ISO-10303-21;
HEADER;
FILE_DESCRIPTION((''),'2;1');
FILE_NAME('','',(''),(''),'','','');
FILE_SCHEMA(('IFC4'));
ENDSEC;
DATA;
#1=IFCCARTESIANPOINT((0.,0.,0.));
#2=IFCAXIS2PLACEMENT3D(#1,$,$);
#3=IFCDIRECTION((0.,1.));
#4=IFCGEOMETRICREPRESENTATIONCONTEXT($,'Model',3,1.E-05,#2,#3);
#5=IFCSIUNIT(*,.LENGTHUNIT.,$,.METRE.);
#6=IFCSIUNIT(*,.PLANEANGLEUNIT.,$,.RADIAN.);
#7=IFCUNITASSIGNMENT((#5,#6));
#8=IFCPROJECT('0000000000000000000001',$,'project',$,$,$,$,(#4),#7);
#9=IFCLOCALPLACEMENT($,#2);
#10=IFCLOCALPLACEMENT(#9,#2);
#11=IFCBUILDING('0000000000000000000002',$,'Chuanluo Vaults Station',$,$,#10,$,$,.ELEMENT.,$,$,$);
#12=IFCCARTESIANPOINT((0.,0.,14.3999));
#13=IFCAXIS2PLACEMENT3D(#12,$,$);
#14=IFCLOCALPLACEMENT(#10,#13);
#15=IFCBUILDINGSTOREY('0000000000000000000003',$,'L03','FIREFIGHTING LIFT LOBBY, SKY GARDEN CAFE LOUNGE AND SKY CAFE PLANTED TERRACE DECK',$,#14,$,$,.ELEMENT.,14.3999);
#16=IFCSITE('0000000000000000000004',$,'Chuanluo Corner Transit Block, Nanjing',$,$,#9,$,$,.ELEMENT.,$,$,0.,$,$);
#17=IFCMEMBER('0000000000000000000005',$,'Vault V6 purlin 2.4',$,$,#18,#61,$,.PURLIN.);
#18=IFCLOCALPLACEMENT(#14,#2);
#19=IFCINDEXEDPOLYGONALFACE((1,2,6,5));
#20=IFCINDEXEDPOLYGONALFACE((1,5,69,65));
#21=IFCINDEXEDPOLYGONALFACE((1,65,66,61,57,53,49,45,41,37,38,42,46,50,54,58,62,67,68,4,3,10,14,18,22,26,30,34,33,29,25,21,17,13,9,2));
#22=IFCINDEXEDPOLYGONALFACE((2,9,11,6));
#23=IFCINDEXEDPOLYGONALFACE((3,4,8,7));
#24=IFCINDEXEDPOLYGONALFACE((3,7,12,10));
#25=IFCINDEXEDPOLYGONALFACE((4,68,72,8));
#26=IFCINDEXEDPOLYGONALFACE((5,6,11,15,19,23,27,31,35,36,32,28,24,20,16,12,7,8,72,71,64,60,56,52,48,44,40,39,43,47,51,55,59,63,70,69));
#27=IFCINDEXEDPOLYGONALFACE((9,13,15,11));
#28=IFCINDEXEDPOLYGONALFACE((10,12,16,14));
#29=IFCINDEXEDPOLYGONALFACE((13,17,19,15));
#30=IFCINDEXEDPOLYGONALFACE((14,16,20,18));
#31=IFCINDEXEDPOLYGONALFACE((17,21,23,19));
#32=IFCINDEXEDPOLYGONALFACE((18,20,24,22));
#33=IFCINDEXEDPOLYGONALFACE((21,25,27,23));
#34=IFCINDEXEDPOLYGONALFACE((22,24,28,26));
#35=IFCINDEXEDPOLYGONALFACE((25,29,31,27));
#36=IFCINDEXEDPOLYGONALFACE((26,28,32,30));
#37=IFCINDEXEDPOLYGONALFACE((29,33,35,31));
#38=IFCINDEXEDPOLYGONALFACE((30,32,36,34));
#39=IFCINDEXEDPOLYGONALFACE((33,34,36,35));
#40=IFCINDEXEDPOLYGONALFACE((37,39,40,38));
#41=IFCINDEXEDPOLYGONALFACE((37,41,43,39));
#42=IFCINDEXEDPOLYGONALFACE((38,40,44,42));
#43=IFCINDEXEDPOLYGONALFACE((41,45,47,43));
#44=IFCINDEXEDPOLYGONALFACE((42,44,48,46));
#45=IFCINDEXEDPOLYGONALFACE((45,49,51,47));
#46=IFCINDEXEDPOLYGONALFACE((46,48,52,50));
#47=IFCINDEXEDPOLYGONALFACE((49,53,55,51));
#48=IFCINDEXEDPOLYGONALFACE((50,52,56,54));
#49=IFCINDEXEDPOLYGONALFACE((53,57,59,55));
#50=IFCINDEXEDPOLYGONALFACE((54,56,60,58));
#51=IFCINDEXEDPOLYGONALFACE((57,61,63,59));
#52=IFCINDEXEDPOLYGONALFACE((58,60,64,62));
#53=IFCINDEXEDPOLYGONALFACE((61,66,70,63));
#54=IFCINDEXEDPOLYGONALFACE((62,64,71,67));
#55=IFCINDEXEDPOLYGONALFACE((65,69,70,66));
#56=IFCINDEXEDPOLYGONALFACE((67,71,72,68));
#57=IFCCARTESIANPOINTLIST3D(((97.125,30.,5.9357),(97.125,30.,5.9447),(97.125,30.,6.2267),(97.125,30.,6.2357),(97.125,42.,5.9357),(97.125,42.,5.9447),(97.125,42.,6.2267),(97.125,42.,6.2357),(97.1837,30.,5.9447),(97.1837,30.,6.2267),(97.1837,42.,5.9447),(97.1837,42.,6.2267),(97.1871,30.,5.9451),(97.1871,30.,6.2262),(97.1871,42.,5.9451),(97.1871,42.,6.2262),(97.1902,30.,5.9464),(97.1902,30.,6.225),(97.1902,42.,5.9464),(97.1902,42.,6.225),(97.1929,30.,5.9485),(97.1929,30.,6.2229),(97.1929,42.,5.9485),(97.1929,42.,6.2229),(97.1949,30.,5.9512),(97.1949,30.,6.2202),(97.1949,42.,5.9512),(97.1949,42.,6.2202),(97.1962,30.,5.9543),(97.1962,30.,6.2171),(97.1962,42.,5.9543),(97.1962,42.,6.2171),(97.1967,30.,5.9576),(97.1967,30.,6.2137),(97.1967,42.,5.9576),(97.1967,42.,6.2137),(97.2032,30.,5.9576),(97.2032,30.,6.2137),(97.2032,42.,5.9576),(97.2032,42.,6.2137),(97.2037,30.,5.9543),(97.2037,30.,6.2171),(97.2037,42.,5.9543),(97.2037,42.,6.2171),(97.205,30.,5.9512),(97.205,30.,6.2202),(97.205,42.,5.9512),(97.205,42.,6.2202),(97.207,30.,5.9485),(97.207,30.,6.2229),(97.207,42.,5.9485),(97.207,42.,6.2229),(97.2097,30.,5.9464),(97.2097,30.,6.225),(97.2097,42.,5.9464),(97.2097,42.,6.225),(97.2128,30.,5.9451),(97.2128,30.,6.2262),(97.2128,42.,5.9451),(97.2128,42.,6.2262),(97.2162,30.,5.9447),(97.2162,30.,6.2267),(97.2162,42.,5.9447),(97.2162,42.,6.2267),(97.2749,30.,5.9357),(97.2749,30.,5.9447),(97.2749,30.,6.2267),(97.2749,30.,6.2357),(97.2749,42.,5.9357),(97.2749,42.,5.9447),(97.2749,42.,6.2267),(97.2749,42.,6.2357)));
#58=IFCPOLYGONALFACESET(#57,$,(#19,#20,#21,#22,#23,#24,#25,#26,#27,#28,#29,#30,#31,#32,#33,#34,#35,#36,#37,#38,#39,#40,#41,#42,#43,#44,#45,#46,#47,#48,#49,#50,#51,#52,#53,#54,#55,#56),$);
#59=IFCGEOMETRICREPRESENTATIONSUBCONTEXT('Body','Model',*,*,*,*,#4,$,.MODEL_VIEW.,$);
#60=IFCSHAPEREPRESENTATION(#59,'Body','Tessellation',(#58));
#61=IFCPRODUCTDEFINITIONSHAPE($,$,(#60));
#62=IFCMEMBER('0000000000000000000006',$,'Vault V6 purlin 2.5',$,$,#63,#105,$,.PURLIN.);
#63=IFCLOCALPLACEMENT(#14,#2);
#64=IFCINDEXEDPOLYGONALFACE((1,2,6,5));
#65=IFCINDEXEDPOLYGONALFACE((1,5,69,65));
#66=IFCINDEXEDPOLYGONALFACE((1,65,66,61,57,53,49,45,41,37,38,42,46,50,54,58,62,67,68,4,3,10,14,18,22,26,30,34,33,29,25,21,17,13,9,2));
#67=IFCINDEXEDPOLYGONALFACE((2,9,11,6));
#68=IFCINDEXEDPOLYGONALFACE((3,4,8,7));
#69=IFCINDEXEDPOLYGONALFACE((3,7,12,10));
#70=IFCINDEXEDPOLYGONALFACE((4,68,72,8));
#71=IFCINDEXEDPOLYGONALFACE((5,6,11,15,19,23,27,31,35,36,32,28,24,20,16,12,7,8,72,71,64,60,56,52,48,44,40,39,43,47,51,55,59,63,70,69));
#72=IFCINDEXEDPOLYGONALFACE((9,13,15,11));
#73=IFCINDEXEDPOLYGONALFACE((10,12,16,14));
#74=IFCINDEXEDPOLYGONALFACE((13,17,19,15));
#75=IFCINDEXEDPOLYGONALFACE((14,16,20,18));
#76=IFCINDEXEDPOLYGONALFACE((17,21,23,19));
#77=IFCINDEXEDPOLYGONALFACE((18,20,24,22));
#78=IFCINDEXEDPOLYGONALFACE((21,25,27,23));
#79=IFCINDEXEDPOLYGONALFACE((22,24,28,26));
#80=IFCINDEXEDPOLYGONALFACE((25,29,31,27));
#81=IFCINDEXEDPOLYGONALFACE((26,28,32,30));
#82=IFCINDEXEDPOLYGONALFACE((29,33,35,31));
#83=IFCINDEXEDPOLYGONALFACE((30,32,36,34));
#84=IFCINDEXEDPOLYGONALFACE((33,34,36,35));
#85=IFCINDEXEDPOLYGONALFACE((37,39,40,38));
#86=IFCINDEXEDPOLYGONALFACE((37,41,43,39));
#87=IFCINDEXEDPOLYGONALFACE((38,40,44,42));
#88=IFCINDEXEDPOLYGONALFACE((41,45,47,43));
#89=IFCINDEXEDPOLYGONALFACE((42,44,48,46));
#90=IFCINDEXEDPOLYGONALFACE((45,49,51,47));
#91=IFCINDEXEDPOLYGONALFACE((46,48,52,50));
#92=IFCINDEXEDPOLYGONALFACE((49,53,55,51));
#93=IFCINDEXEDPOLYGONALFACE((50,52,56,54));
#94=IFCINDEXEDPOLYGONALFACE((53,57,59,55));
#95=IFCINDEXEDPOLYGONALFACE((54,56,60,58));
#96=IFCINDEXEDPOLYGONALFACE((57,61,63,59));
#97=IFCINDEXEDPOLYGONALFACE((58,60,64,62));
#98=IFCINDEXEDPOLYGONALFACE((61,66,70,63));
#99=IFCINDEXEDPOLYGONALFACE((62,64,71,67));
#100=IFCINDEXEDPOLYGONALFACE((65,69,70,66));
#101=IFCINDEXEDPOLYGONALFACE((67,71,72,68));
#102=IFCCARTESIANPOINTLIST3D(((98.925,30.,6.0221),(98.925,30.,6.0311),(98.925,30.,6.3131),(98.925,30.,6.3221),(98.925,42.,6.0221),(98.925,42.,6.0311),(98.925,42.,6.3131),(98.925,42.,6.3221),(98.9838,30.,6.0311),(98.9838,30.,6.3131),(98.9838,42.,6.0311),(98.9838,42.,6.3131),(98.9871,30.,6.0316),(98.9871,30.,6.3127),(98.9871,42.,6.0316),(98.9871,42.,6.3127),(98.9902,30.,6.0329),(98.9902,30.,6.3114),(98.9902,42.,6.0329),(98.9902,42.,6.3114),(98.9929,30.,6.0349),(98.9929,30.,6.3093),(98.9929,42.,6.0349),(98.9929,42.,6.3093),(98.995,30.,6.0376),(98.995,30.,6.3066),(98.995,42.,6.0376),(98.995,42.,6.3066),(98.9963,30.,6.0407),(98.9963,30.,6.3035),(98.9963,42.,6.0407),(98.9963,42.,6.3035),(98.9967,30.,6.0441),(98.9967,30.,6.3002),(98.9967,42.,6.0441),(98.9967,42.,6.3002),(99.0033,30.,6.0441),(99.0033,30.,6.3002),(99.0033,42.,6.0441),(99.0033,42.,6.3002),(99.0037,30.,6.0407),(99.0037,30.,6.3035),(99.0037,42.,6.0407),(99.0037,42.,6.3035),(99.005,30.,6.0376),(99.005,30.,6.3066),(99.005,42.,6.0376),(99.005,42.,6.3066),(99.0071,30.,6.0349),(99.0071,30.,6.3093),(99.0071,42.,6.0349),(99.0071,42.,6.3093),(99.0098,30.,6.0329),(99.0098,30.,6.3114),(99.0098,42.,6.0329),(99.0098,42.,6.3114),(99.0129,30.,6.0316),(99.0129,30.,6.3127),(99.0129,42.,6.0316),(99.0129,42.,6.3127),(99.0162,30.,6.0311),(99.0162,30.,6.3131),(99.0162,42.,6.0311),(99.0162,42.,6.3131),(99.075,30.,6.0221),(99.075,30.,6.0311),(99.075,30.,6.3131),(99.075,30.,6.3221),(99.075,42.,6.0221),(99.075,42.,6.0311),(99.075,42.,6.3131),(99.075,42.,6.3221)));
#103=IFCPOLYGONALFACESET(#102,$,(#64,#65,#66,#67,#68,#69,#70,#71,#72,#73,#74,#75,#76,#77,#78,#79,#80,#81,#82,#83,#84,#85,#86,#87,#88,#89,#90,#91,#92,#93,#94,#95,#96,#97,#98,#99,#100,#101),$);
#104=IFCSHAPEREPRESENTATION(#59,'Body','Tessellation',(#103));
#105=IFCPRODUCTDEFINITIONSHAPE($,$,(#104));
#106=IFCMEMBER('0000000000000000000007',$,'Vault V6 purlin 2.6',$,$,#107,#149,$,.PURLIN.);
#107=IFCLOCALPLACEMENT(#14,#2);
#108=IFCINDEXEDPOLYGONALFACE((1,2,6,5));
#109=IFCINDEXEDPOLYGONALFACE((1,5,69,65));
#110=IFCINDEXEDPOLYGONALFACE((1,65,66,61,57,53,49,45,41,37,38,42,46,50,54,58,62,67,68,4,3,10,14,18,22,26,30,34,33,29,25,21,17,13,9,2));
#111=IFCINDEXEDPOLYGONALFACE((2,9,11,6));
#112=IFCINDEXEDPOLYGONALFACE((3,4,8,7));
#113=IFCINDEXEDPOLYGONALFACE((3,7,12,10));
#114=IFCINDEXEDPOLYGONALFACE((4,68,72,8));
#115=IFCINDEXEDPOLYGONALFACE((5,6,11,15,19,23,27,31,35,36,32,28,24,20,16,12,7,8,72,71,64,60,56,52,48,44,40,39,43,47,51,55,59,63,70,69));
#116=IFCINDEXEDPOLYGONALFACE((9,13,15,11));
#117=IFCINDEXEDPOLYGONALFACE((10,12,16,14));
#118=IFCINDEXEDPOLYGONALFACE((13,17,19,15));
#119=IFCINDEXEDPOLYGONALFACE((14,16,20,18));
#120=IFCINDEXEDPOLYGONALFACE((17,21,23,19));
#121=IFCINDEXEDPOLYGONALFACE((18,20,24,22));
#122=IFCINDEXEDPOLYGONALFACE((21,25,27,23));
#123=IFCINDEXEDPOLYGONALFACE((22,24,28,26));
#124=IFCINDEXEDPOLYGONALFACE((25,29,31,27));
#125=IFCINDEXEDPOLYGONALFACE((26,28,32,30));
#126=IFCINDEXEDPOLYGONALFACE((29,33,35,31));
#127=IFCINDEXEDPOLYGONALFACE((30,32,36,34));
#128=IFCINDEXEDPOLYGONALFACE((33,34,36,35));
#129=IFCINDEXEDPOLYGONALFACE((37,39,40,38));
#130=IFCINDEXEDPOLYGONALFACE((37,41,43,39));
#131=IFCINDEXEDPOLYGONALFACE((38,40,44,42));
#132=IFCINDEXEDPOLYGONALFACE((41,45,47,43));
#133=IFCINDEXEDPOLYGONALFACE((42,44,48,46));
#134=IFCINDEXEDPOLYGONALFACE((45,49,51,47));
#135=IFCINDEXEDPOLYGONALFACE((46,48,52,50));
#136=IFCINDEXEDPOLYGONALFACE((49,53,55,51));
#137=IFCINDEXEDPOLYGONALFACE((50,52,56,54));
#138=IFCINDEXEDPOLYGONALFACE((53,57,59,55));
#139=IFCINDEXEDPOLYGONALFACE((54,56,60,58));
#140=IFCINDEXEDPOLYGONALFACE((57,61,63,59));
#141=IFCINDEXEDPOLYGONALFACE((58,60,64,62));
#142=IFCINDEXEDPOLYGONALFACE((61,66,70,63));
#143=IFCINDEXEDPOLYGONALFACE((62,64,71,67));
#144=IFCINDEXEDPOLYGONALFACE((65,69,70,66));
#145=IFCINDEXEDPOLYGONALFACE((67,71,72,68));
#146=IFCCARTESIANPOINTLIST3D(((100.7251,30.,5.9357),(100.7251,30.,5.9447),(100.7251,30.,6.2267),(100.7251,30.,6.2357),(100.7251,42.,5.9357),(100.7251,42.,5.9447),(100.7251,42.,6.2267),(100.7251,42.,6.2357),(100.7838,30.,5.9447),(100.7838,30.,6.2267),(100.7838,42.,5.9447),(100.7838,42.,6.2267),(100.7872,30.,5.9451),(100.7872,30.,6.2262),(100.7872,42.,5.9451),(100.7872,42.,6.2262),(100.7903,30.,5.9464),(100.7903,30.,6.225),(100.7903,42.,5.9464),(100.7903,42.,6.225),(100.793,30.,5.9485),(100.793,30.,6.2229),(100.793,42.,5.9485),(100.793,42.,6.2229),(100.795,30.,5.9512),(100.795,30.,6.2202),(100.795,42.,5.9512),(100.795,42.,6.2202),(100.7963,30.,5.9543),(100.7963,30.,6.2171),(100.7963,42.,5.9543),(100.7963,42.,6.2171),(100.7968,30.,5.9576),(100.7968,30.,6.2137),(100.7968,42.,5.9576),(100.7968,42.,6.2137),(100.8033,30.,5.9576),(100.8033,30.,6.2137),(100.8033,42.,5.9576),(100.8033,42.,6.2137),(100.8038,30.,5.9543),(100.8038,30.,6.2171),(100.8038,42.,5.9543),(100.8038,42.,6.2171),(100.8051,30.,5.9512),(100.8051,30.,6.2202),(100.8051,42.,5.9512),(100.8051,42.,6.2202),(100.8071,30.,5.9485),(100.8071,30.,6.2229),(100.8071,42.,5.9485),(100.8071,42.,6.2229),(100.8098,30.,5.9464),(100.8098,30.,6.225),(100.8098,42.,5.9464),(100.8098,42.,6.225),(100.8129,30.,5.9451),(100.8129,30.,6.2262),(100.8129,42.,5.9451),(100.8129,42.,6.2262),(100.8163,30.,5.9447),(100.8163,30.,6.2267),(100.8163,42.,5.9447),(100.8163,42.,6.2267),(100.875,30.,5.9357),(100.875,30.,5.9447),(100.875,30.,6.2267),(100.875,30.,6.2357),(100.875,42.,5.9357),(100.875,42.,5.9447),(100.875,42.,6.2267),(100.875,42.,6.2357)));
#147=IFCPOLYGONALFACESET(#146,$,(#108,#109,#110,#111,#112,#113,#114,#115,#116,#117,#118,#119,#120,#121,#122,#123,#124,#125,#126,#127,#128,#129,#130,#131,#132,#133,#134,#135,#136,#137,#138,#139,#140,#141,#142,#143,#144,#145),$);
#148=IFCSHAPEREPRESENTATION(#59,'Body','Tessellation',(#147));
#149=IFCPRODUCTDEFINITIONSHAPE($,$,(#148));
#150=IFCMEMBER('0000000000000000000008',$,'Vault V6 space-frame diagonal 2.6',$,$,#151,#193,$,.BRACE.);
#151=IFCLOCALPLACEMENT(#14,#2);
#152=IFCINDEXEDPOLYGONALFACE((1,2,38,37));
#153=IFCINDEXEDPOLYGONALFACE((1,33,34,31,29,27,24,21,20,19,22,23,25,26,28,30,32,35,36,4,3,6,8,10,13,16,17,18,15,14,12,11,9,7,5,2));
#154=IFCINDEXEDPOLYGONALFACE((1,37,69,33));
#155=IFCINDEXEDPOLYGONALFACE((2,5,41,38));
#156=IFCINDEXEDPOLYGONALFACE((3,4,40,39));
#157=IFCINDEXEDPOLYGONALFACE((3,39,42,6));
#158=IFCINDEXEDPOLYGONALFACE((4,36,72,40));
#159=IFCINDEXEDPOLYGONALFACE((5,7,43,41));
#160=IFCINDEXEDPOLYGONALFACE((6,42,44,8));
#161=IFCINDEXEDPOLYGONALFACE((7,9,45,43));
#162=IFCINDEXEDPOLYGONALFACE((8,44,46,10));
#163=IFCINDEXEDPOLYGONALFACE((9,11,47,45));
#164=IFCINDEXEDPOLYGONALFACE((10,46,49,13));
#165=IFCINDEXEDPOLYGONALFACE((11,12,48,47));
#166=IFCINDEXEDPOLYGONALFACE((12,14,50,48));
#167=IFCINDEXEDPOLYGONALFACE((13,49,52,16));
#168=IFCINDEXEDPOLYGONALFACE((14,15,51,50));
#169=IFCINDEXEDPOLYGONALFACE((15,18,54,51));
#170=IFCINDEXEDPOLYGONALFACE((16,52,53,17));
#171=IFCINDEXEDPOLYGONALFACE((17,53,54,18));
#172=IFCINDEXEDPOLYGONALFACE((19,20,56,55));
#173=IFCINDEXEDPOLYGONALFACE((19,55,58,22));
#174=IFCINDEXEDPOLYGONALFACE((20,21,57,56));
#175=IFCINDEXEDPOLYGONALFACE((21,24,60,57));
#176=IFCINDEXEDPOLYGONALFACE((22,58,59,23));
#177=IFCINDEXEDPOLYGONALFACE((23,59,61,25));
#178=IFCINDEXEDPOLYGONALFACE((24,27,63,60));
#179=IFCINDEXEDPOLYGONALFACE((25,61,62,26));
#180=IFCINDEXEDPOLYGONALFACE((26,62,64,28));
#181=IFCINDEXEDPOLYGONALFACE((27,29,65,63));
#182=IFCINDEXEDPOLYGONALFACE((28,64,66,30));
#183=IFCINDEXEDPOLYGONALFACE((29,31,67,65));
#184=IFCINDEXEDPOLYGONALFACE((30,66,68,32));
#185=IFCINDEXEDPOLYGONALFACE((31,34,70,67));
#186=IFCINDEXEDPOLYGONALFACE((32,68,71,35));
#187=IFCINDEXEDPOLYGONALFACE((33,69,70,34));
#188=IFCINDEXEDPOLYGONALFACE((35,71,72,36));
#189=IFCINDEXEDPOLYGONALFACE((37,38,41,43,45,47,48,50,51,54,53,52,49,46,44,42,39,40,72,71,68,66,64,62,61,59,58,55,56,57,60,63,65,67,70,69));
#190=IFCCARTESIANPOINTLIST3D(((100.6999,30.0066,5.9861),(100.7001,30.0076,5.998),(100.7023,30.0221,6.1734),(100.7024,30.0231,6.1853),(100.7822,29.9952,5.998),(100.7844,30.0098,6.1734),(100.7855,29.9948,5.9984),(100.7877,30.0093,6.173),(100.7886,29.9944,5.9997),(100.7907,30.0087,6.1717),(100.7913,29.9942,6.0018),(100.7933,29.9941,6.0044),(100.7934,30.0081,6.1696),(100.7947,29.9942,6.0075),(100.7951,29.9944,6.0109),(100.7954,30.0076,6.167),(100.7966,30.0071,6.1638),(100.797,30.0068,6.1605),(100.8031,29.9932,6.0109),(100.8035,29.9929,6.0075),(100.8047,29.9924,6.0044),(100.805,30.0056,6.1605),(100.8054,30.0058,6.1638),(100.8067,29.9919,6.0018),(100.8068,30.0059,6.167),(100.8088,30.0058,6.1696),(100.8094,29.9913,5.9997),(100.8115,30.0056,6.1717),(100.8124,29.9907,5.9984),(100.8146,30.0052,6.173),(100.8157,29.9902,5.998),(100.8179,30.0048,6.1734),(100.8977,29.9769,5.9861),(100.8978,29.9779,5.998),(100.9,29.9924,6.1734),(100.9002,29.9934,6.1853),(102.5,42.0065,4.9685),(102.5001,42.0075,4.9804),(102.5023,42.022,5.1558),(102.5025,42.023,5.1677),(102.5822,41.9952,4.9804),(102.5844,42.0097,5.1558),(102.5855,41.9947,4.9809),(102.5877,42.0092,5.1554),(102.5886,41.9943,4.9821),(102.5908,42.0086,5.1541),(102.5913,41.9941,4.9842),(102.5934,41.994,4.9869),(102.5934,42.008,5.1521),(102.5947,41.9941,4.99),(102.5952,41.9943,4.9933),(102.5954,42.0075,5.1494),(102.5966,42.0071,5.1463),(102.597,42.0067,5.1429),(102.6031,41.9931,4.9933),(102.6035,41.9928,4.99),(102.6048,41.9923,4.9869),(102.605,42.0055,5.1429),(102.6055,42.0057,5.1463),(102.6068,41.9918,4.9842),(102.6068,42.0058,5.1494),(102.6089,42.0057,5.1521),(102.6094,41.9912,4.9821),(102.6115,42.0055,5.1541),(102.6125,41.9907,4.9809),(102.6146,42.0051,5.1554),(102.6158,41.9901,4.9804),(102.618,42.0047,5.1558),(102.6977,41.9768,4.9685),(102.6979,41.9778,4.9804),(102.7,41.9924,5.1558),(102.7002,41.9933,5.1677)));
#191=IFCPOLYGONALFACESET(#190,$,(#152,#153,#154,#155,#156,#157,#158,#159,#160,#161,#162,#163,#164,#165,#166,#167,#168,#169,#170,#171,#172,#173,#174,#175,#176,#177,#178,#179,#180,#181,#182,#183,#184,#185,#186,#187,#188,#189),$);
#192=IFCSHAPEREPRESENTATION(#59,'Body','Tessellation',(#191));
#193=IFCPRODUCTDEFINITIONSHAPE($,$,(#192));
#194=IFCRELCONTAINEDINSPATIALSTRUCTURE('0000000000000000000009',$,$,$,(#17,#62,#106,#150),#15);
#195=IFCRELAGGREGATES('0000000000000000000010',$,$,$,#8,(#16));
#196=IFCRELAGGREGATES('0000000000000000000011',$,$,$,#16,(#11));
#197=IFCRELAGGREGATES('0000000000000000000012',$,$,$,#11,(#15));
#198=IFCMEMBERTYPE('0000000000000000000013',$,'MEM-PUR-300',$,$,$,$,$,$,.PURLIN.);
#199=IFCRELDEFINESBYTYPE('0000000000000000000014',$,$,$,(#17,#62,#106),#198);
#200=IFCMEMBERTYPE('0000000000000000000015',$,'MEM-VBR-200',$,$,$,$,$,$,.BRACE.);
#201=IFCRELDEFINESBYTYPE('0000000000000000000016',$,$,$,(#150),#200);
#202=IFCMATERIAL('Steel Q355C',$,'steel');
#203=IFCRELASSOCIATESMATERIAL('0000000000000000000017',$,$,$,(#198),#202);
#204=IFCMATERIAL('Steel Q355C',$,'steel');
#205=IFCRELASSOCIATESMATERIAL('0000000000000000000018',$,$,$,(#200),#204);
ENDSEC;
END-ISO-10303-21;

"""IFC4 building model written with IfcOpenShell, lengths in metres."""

from ifc_helpers import new_model, si_unit, direction, frame, origin, origin_2d, place, context, subcontext, project, spatial, i_section, extrude, material, material_profile, profile_set, type_object, element, save


model = new_model("IFC4")

# Units and contexts
model_context = context("Model", 3, precision=1e-05, world=origin(), true_north=direction((0.0, 1.0)))
body_context = subcontext(model_context, "Body", "Model", "MODEL_VIEW")
ifc_project = project(units=[si_unit("LENGTHUNIT", "METRE"), si_unit("PLANEANGLEUNIT", "RADIAN")], contexts=[model_context])

# Site, building, storey
site_placement = place(None, origin())
site = spatial("IfcSite", under=ifc_project, at=site_placement, Name="Chuanluo Corner Transit Block, Nanjing", CompositionType="ELEMENT", RefElevation=0.0)
building_placement = place(site_placement, origin())
building = spatial("IfcBuilding", under=site, at=building_placement, Name="Chuanluo Vaults Station", CompositionType="ELEMENT")
storey_placement = place(building_placement, frame((0.0, 0.0, 14.3999)))
storey = spatial("IfcBuildingStorey", under=building, at=storey_placement, Name="L03", Description="FIREFIGHTING LIFT LOBBY, SKY GARDEN CAFE LOUNGE AND SKY CAFE PLANTED TERRACE DECK", CompositionType="ELEMENT", Elevation=14.3999)

# Members
ifc_material_1 = material(Name="Steel Q355C", Category="steel")
ifc_material_profile_1 = material_profile(ifc_material_1, i_section(OverallWidth=0.1499, OverallDepth=0.3, WebThickness=0.0066, FlangeThickness=0.009, FilletRadius=0.0129, at=origin_2d()))
ifc_profile_set_1 = profile_set([ifc_material_profile_1], Name="Steel Q355C")
member_type_1 = type_object("IfcMemberType", Name="MEM-PUR-300", PredefinedType="PURLIN", material=ifc_profile_set_1)
for number, where, z_axis, x_axis, name in (
    (1, (97.2, 30.0, 6.0857), (0.0, 1.0, 0.0), (-1.0, 0.0, 0.0), "Vault V6 purlin 2.4"),
    (2, (99.0, 30.0, 6.1721), (0.0, 1.0, 0.0), (-1.0, 0.0, 0.0), "Vault V6 purlin 2.5"),
    (3, (100.8, 30.0, 6.0857), (0.0, 1.0, 0.0), (-1.0, 0.0, 0.0), "Vault V6 purlin 2.6"),
):
    element("IfcMember", number, at=place(storey_placement, frame(where, z_axis=z_axis, x_axis=x_axis)), inside=storey, type_object=member_type_1, Name=name, PredefinedType="PURLIN", context=body_context, shape_type="SweptSolid", body=[
        extrude(i_section(OverallWidth=0.1499, OverallDepth=0.3, WebThickness=0.0066, FlangeThickness=0.009, FilletRadius=0.0129, at=origin_2d()), origin(), (0.0, 0.0, 1.0), 12.0),
    ])
ifc_material_2 = material(Name="Steel Q355C", Category="steel")
ifc_material_profile_2 = material_profile(ifc_material_2, i_section(OverallWidth=0.2, OverallDepth=0.2, WebThickness=0.0081, FlangeThickness=0.012, FilletRadius=0.0129, at=origin_2d()))
ifc_profile_set_2 = profile_set([ifc_material_profile_2], Name="Steel Q355C")
member_type_2 = type_object("IfcMemberType", Name="MEM-VBR-200", PredefinedType="BRACE", material=ifc_profile_set_2)
member_1_placement = place(storey_placement, frame((100.8, 30.0, 6.0857), z_axis=(0.147826, 0.985477, -0.083567), x_axis=(-0.988936, 0.148344, 0.0)))
element("IfcMember", 4, at=member_1_placement, inside=storey, type_object=member_type_2, Name="Vault V6 space-frame diagonal 2.6", PredefinedType="BRACE", context=body_context, shape_type="SweptSolid", body=[
    extrude(i_section(OverallWidth=0.2, OverallDepth=0.2, WebThickness=0.0081, FlangeThickness=0.012, FilletRadius=0.0129, at=origin_2d()), origin(), (0.0, 0.0, 1.0), 12.1768),
])

save(model, "model.ifc")
